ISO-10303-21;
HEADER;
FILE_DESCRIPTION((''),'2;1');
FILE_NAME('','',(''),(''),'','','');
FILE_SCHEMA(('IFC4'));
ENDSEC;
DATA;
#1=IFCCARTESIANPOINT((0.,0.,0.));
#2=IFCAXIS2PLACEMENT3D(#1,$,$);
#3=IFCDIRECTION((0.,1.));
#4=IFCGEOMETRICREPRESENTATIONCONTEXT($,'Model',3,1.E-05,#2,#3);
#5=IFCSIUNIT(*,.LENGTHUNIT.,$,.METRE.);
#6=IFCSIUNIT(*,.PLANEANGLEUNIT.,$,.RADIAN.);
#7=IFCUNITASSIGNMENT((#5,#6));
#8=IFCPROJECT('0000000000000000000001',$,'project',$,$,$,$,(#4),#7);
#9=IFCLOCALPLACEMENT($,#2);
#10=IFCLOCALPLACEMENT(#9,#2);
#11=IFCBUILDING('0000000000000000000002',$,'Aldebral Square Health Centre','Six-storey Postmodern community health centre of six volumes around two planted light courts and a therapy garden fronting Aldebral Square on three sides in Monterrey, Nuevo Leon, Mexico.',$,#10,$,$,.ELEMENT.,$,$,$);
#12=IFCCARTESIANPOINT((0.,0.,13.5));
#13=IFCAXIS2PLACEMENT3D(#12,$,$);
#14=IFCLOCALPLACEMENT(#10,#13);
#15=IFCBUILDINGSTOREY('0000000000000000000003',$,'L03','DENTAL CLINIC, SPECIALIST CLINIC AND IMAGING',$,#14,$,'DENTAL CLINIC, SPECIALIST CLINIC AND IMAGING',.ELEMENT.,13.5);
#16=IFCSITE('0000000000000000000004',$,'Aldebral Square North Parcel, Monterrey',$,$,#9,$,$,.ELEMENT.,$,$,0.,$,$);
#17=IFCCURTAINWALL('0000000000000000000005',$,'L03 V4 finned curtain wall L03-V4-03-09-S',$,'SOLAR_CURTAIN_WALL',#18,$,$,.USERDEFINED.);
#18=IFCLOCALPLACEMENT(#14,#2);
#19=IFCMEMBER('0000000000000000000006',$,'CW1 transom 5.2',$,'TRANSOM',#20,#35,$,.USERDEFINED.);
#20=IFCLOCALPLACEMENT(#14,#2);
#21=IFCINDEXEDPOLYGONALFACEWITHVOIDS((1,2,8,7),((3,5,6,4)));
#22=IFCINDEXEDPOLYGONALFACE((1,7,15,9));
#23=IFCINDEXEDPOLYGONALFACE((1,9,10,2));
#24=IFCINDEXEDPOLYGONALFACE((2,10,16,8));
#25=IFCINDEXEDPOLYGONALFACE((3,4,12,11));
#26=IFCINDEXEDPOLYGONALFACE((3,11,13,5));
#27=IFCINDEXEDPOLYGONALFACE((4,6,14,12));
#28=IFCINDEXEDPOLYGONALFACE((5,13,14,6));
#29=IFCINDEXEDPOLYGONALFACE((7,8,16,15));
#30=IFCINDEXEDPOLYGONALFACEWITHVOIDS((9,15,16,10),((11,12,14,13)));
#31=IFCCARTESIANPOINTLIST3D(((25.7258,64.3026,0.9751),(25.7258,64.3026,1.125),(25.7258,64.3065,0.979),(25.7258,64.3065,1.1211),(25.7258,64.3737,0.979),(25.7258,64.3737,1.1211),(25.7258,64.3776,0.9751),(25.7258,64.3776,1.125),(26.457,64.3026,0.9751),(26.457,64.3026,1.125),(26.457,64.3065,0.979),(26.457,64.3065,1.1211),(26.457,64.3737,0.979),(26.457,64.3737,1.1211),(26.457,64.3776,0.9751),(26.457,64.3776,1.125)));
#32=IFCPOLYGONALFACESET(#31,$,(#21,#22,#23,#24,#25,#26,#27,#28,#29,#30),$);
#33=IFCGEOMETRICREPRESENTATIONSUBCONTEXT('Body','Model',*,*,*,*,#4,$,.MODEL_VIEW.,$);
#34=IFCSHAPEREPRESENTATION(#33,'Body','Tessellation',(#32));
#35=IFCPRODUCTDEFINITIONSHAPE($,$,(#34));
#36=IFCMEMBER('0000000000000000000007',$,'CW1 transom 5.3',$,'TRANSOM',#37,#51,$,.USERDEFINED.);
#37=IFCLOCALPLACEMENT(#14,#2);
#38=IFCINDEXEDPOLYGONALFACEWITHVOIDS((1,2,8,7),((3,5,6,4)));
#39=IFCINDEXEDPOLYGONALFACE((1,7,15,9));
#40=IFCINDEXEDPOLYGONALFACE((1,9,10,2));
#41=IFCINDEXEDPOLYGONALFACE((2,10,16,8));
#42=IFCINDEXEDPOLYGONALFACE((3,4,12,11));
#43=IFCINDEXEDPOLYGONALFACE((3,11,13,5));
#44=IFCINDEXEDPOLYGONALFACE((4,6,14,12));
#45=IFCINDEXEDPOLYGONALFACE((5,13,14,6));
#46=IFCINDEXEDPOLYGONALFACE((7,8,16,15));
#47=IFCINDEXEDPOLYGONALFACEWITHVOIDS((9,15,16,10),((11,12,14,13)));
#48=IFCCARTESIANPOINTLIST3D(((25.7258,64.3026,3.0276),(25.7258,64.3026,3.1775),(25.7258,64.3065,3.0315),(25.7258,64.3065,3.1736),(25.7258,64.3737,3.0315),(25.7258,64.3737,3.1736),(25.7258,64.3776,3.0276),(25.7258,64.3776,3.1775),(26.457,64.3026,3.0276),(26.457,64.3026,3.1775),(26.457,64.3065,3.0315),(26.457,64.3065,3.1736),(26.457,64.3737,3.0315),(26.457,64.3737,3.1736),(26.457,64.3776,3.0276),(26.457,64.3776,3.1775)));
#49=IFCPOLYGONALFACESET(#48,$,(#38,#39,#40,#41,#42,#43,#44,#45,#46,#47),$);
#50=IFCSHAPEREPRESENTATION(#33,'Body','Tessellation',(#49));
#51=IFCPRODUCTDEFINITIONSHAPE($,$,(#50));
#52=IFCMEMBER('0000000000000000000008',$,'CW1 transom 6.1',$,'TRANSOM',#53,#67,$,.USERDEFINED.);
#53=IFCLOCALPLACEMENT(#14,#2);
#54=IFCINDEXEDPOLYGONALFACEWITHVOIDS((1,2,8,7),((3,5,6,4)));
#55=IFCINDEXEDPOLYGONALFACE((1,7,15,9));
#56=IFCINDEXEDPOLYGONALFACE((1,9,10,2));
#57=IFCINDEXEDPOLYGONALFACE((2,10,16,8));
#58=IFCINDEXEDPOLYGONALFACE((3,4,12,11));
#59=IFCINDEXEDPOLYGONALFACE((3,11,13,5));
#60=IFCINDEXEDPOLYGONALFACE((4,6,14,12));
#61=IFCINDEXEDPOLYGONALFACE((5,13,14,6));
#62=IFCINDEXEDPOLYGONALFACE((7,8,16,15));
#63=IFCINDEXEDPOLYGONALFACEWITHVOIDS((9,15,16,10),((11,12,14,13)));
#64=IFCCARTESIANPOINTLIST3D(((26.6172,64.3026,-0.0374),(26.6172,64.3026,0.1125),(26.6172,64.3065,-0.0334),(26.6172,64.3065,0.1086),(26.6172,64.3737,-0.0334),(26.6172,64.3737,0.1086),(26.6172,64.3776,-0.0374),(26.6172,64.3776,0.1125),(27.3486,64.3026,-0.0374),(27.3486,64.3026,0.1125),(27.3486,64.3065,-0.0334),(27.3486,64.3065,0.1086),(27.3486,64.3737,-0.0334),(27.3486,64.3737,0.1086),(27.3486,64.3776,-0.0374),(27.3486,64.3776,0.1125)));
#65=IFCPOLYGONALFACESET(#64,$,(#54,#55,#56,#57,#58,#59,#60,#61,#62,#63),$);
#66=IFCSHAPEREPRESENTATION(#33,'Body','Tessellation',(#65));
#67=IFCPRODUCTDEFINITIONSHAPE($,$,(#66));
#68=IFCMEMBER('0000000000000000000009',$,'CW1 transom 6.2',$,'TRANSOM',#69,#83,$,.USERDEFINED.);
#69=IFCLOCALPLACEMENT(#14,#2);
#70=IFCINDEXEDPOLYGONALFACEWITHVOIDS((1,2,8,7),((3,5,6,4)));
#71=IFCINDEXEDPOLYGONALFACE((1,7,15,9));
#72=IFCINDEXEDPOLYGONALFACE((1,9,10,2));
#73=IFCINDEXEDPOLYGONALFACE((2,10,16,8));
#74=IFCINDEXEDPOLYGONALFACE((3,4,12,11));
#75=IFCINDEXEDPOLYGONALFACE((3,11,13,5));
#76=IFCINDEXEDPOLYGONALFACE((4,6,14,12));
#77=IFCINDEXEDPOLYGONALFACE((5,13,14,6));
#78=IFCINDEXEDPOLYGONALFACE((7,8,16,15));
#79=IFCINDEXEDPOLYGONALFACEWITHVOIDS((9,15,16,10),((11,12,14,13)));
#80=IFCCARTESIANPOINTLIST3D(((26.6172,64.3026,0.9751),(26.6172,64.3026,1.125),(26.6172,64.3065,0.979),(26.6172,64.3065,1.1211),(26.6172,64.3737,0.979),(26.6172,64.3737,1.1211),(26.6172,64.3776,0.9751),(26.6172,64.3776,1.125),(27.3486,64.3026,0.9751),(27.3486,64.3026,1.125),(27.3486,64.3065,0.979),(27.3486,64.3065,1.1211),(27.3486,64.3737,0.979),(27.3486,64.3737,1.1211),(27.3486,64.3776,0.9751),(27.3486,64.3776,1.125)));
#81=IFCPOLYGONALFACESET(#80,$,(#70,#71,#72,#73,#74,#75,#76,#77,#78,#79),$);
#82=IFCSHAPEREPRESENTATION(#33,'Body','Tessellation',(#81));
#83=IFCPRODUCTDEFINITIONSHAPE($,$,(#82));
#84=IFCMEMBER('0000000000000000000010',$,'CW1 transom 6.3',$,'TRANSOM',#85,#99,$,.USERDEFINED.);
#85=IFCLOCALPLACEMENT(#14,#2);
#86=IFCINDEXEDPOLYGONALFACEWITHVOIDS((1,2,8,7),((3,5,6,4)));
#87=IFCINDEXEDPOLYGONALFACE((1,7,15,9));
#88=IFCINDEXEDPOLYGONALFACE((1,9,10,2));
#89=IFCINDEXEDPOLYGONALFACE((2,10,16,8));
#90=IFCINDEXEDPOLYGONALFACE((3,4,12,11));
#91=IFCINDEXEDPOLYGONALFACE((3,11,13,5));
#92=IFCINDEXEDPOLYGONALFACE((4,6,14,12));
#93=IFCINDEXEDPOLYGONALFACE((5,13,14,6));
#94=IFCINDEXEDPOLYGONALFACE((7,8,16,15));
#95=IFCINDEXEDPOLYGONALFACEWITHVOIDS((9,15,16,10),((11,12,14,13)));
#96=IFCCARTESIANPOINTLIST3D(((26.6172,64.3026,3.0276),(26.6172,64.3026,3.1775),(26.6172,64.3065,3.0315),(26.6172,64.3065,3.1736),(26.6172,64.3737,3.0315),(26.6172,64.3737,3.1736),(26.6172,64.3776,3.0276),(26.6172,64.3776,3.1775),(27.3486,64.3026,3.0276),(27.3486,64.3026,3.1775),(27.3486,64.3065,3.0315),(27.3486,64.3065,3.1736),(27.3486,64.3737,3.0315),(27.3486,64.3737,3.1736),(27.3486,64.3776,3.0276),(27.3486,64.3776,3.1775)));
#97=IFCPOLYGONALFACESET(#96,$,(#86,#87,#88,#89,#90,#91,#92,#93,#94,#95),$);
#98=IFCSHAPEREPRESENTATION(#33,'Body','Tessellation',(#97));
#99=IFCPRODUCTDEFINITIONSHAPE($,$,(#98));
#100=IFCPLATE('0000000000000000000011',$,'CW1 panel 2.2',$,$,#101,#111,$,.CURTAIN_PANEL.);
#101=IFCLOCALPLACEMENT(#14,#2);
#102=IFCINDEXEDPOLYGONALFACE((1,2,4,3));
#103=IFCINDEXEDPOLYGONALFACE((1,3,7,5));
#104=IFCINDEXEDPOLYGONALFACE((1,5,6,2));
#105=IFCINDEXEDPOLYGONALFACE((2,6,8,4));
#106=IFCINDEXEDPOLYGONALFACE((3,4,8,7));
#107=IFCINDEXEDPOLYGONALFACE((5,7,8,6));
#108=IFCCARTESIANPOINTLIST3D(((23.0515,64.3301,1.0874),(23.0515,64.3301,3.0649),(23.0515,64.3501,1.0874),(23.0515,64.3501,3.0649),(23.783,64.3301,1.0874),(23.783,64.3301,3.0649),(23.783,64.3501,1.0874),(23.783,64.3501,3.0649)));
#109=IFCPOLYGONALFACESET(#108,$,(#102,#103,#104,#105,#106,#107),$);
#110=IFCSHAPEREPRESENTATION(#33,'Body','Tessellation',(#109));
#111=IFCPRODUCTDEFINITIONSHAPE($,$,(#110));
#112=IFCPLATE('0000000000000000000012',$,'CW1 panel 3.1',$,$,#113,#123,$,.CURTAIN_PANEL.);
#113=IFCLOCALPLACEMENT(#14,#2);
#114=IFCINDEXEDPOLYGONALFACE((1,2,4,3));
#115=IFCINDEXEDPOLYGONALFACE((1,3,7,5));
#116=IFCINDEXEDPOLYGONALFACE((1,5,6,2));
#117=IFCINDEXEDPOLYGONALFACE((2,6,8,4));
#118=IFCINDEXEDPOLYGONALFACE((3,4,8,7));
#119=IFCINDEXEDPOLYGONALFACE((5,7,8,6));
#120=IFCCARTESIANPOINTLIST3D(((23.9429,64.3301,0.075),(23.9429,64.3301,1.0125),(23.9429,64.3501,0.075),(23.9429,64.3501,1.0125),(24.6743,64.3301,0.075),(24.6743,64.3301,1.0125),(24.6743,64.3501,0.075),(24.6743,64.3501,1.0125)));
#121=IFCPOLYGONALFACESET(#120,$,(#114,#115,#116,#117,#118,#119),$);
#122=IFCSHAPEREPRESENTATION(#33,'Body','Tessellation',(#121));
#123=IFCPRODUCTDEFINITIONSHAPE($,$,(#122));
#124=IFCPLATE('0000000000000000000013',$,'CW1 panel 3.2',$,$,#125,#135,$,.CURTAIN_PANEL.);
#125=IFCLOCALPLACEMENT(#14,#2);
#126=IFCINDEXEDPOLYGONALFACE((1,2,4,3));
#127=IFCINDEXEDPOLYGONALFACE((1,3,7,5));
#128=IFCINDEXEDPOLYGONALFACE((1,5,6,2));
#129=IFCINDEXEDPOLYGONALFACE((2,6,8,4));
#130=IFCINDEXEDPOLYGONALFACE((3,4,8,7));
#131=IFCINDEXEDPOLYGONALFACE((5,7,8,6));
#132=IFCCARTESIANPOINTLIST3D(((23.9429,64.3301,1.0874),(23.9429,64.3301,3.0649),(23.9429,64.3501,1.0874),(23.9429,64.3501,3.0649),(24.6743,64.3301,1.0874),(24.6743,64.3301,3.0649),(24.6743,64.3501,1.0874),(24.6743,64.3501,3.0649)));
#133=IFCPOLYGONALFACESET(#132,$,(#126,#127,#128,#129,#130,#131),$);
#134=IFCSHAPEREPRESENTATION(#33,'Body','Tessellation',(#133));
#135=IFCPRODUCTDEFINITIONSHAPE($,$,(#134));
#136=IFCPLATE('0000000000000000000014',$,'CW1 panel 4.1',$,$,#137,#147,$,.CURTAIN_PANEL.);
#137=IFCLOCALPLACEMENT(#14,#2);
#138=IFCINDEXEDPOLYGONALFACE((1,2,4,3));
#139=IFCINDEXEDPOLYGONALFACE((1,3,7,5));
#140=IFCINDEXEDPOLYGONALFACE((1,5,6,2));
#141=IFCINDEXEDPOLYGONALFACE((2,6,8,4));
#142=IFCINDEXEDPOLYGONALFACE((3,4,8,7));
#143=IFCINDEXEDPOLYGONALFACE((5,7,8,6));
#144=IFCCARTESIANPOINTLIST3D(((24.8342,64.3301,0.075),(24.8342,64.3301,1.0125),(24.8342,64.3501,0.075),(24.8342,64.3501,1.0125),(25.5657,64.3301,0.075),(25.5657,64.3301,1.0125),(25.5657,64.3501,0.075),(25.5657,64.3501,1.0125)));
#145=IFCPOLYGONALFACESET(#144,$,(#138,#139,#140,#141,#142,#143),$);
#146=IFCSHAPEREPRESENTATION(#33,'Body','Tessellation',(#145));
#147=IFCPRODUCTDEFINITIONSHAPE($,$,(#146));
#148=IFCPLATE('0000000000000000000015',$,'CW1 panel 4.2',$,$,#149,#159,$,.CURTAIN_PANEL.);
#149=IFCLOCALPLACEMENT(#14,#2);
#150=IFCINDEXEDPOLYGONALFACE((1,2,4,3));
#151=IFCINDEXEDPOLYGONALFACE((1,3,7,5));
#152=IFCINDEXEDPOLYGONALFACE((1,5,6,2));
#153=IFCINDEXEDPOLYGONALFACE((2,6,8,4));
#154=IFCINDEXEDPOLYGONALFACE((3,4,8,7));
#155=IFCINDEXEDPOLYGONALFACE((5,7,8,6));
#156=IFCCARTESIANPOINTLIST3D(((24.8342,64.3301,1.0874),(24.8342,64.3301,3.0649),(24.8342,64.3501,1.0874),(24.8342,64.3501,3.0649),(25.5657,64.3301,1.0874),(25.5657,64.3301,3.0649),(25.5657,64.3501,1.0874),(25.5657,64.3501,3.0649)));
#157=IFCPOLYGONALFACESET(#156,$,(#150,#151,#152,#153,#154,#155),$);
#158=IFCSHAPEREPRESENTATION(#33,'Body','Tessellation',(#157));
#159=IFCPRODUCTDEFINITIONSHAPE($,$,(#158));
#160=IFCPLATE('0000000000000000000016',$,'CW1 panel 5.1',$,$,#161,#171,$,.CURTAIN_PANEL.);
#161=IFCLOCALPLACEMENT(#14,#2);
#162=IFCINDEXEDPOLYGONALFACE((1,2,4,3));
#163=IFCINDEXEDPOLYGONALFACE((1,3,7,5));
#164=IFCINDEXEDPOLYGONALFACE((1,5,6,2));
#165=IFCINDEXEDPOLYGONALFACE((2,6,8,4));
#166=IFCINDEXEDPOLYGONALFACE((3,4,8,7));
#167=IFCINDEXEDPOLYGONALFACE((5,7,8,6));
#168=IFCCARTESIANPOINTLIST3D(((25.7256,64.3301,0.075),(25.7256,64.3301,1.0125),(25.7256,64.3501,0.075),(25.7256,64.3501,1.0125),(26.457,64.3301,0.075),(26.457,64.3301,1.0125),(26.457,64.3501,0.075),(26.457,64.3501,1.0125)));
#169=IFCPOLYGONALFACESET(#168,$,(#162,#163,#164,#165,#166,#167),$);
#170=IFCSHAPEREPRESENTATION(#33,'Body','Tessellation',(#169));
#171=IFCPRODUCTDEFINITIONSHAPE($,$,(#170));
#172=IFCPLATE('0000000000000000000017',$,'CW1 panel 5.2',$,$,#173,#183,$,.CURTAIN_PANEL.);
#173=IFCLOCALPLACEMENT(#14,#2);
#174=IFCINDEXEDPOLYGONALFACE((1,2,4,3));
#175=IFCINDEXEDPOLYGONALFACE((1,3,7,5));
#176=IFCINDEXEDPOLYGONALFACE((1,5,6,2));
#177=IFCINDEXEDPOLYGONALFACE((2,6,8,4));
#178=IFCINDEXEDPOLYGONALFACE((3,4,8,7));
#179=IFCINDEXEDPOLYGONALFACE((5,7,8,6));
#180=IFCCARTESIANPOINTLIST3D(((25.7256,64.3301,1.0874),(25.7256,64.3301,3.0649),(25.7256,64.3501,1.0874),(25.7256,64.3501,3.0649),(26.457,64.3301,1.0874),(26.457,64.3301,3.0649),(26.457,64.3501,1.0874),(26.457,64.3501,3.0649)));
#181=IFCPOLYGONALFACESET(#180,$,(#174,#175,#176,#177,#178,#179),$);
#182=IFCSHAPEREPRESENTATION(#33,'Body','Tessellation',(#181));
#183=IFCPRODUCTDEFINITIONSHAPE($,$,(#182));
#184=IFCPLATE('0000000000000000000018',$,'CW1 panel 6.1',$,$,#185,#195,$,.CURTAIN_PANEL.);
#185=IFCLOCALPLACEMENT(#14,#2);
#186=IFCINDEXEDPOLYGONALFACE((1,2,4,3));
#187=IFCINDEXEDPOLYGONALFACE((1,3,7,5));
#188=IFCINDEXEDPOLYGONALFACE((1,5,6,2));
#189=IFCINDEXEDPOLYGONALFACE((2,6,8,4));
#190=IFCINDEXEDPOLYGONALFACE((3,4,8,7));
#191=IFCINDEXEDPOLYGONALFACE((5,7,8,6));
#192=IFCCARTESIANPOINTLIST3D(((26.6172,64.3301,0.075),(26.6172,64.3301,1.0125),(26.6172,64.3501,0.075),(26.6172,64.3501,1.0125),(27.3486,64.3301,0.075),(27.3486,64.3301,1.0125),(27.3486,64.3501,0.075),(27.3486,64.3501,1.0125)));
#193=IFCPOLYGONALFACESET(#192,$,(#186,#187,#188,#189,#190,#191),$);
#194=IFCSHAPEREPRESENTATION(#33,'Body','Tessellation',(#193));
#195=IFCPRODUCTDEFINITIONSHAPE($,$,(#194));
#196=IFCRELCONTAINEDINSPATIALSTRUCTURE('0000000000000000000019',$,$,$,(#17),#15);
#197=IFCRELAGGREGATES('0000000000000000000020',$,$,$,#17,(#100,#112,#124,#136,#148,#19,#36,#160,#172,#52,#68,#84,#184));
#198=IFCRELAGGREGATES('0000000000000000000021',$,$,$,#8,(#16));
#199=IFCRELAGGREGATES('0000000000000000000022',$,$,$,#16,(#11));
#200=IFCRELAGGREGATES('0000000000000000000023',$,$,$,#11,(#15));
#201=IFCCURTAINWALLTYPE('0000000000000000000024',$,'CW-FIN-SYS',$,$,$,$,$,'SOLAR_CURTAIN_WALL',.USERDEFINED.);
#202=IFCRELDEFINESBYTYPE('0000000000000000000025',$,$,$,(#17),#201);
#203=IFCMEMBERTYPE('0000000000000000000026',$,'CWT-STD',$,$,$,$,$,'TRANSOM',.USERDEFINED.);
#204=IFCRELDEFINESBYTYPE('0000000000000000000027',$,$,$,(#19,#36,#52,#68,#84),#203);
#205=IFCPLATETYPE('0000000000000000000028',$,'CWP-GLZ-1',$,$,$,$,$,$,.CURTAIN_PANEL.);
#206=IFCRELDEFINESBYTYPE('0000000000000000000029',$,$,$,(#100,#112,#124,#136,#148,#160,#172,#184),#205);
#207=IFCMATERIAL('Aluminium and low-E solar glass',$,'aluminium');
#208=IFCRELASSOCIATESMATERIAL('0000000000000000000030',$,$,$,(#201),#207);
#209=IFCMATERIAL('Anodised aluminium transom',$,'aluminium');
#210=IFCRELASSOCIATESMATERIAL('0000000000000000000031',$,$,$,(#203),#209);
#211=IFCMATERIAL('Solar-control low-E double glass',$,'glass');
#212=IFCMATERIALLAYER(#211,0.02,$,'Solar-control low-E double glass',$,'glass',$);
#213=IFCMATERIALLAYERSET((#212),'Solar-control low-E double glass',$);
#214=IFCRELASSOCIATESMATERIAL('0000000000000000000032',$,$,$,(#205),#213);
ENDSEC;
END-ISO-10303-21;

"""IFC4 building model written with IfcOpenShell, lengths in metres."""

from ifc_helpers import new_model, si_unit, direction, frame, origin, origin_2d, place, context, subcontext, project, spatial, rectangle, hollow_rectangle, extrude, material, layer, layer_set, material_profile, profile_set, type_object, element, aggregate, save


model = new_model("IFC4")

# Units and contexts
model_context = context("Model", 3, precision=1e-05, world=origin(), true_north=direction((0.0, 1.0)))
body_context = subcontext(model_context, "Body", "Model", "MODEL_VIEW")
ifc_project = project(units=[si_unit("LENGTHUNIT", "METRE"), si_unit("PLANEANGLEUNIT", "RADIAN")], contexts=[model_context])

# Site, building, storey
site_placement = place(None, origin())
site = spatial("IfcSite", under=ifc_project, at=site_placement, Name="Aldebral Square North Parcel, Monterrey", CompositionType="ELEMENT", RefElevation=0.0)
building_placement = place(site_placement, origin())
building = spatial("IfcBuilding", under=site, at=building_placement, Name="Aldebral Square Health Centre", Description="Six-storey Postmodern community health centre of six volumes around two planted light courts and a therapy garden fronting Aldebral Square on three sides in Monterrey, Nuevo Leon, Mexico.", CompositionType="ELEMENT")
storey_placement = place(building_placement, frame((0.0, 0.0, 13.5)))
storey = spatial("IfcBuildingStorey", under=building, at=storey_placement, Name="L03", Description="DENTAL CLINIC, SPECIALIST CLINIC AND IMAGING", LongName="DENTAL CLINIC, SPECIALIST CLINIC AND IMAGING", CompositionType="ELEMENT", Elevation=13.5)

# Curtain wall, members, plates
ifc_material_1 = material(Name="Aluminium and low-E solar glass", Category="aluminium")
curtain_wall_type = type_object("IfcCurtainWallType", Name="CW-FIN-SYS", ElementType="SOLAR_CURTAIN_WALL", PredefinedType="USERDEFINED", material=ifc_material_1)
curtain_wall_placement = place(storey_placement, origin())
curtain_wall = element("IfcCurtainWall", 1, at=curtain_wall_placement, inside=storey, type_object=curtain_wall_type, Name="L03 V4 finned curtain wall L03-V4-03-09-S", ObjectType="SOLAR_CURTAIN_WALL", PredefinedType="USERDEFINED")
ifc_material_2 = material(Name="Anodised aluminium transom", Category="aluminium")
ifc_material_profile_1 = material_profile(ifc_material_2, hollow_rectangle(XDim=0.075, YDim=0.1499, WallThickness=0.0039, at=origin_2d()), Name="CWT 75x150x4")
ifc_profile_set_1 = profile_set([ifc_material_profile_1], Name="Anodised aluminium transom")
member_type_1 = type_object("IfcMemberType", Name="CWT-STD", ElementType="TRANSOM", PredefinedType="USERDEFINED", material=ifc_profile_set_1)
member_1_placement = place(storey_placement, frame((25.7258, 64.3401, 1.05), z_axis=(1.0, 0.0, 0.0), x_axis=(0.0, 1.0, 0.0)))
member_1 = element("IfcMember", 2, at=member_1_placement, type_object=member_type_1, Name="CW1 transom 5.2", ObjectType="TRANSOM", PredefinedType="USERDEFINED", context=body_context, shape_type="SweptSolid", body=[
    extrude(hollow_rectangle(XDim=0.075, YDim=0.1499, WallThickness=0.0039, at=origin_2d()), origin(), (0.0, 0.0, 1.0), 0.7312),
])
member_2_placement = place(storey_placement, frame((25.7258, 64.3401, 3.1025), z_axis=(1.0, 0.0, 0.0), x_axis=(0.0, 1.0, 0.0)))
member_2 = element("IfcMember", 3, at=member_2_placement, type_object=member_type_1, Name="CW1 transom 5.3", ObjectType="TRANSOM", PredefinedType="USERDEFINED", context=body_context, shape_type="SweptSolid", body=[
    extrude(hollow_rectangle(XDim=0.075, YDim=0.1499, WallThickness=0.0039, at=origin_2d()), origin(), (0.0, 0.0, 1.0), 0.7312),
])
member_3_placement = place(storey_placement, frame((26.6172, 64.3401, 0.0376), z_axis=(1.0, 0.0, 0.0), x_axis=(0.0, 1.0, 0.0)))
member_3 = element("IfcMember", 4, at=member_3_placement, type_object=member_type_1, Name="CW1 transom 6.1", ObjectType="TRANSOM", PredefinedType="USERDEFINED", context=body_context, shape_type="SweptSolid", body=[
    extrude(hollow_rectangle(XDim=0.075, YDim=0.1499, WallThickness=0.0039, at=origin_2d()), origin(), (0.0, 0.0, 1.0), 0.7314),
])
member_4_placement = place(storey_placement, frame((26.6172, 64.3401, 1.05), z_axis=(1.0, 0.0, 0.0), x_axis=(0.0, 1.0, 0.0)))
member_4 = element("IfcMember", 5, at=member_4_placement, type_object=member_type_1, Name="CW1 transom 6.2", ObjectType="TRANSOM", PredefinedType="USERDEFINED", context=body_context, shape_type="SweptSolid", body=[
    extrude(hollow_rectangle(XDim=0.075, YDim=0.1499, WallThickness=0.0039, at=origin_2d()), origin(), (0.0, 0.0, 1.0), 0.7314),
])
member_5_placement = place(storey_placement, frame((26.6172, 64.3401, 3.1025), z_axis=(1.0, 0.0, 0.0), x_axis=(0.0, 1.0, 0.0)))
member_5 = element("IfcMember", 6, at=member_5_placement, type_object=member_type_1, Name="CW1 transom 6.3", ObjectType="TRANSOM", PredefinedType="USERDEFINED", context=body_context, shape_type="SweptSolid", body=[
    extrude(hollow_rectangle(XDim=0.075, YDim=0.1499, WallThickness=0.0039, at=origin_2d()), origin(), (0.0, 0.0, 1.0), 0.7314),
])
ifc_material_3 = material(Name="Solar-control low-E double glass", Category="glass")
ifc_layer_1 = layer(ifc_material_3, 0.02, Name="Solar-control low-E double glass", Category="glass")
ifc_layer_set_1 = layer_set([ifc_layer_1], Name="Solar-control low-E double glass")
plate_type = type_object("IfcPlateType", Name="CWP-GLZ-1", PredefinedType="CURTAIN_PANEL", material=ifc_layer_set_1)
plate_1_placement = place(storey_placement, frame((23.4172, 64.3401, 1.0874), z_axis=(0.0, 0.0, 1.0), x_axis=(1.0, 0.0, 0.0)))
plate_1 = element("IfcPlate", 7, at=plate_1_placement, type_object=plate_type, Name="CW1 panel 2.2", PredefinedType="CURTAIN_PANEL", context=body_context, shape_type="SweptSolid", body=[
    extrude(rectangle(XDim=0.7314, YDim=0.02, at=origin_2d()), origin(), (0.0, 0.0, 1.0), 1.9775),
])
plate_2_placement = place(storey_placement, frame((24.3086, 64.3401, 0.075), z_axis=(0.0, 0.0, 1.0), x_axis=(1.0, 0.0, 0.0)))
plate_2 = element("IfcPlate", 8, at=plate_2_placement, type_object=plate_type, Name="CW1 panel 3.1", PredefinedType="CURTAIN_PANEL", context=body_context, shape_type="SweptSolid", body=[
    extrude(rectangle(XDim=0.7314, YDim=0.02, at=origin_2d()), origin(), (0.0, 0.0, 1.0), 0.9375),
])
plate_3_placement = place(storey_placement, frame((24.3086, 64.3401, 1.0874), z_axis=(0.0, 0.0, 1.0), x_axis=(1.0, 0.0, 0.0)))
plate_3 = element("IfcPlate", 9, at=plate_3_placement, type_object=plate_type, Name="CW1 panel 3.2", PredefinedType="CURTAIN_PANEL", context=body_context, shape_type="SweptSolid", body=[
    extrude(rectangle(XDim=0.7314, YDim=0.02, at=origin_2d()), origin(), (0.0, 0.0, 1.0), 1.9775),
])
plate_4_placement = place(storey_placement, frame((25.2, 64.3401, 0.075), z_axis=(0.0, 0.0, 1.0), x_axis=(1.0, 0.0, 0.0)))
plate_4 = element("IfcPlate", 10, at=plate_4_placement, type_object=plate_type, Name="CW1 panel 4.1", PredefinedType="CURTAIN_PANEL", context=body_context, shape_type="SweptSolid", body=[
    extrude(rectangle(XDim=0.7314, YDim=0.02, at=origin_2d()), origin(), (0.0, 0.0, 1.0), 0.9375),
])
plate_5_placement = place(storey_placement, frame((25.2, 64.3401, 1.0874), z_axis=(0.0, 0.0, 1.0), x_axis=(1.0, 0.0, 0.0)))
plate_5 = element("IfcPlate", 11, at=plate_5_placement, type_object=plate_type, Name="CW1 panel 4.2", PredefinedType="CURTAIN_PANEL", context=body_context, shape_type="SweptSolid", body=[
    extrude(rectangle(XDim=0.7314, YDim=0.02, at=origin_2d()), origin(), (0.0, 0.0, 1.0), 1.9775),
])
plate_6_placement = place(storey_placement, frame((26.0913, 64.3401, 0.075), z_axis=(0.0, 0.0, 1.0), x_axis=(1.0, 0.0, 0.0)))
plate_6 = element("IfcPlate", 12, at=plate_6_placement, type_object=plate_type, Name="CW1 panel 5.1", PredefinedType="CURTAIN_PANEL", context=body_context, shape_type="SweptSolid", body=[
    extrude(rectangle(XDim=0.7314, YDim=0.02, at=origin_2d()), origin(), (0.0, 0.0, 1.0), 0.9375),
])
plate_7_placement = place(storey_placement, frame((26.0913, 64.3401, 1.0874), z_axis=(0.0, 0.0, 1.0), x_axis=(1.0, 0.0, 0.0)))
plate_7 = element("IfcPlate", 13, at=plate_7_placement, type_object=plate_type, Name="CW1 panel 5.2", PredefinedType="CURTAIN_PANEL", context=body_context, shape_type="SweptSolid", body=[
    extrude(rectangle(XDim=0.7314, YDim=0.02, at=origin_2d()), origin(), (0.0, 0.0, 1.0), 1.9775),
])
plate_8_placement = place(storey_placement, frame((26.9829, 64.3401, 0.075), z_axis=(0.0, 0.0, 1.0), x_axis=(1.0, 0.0, 0.0)))
plate_8 = element("IfcPlate", 14, at=plate_8_placement, type_object=plate_type, Name="CW1 panel 6.1", PredefinedType="CURTAIN_PANEL", context=body_context, shape_type="SweptSolid", body=[
    extrude(rectangle(XDim=0.7314, YDim=0.02, at=origin_2d()), origin(), (0.0, 0.0, 1.0), 0.9375),
])
aggregate(curtain_wall, [plate_1, plate_2, plate_3, plate_4, plate_5, member_1, member_2, plate_6, plate_7, member_3, member_4, member_5, plate_8])

save(model, "model.ifc")
